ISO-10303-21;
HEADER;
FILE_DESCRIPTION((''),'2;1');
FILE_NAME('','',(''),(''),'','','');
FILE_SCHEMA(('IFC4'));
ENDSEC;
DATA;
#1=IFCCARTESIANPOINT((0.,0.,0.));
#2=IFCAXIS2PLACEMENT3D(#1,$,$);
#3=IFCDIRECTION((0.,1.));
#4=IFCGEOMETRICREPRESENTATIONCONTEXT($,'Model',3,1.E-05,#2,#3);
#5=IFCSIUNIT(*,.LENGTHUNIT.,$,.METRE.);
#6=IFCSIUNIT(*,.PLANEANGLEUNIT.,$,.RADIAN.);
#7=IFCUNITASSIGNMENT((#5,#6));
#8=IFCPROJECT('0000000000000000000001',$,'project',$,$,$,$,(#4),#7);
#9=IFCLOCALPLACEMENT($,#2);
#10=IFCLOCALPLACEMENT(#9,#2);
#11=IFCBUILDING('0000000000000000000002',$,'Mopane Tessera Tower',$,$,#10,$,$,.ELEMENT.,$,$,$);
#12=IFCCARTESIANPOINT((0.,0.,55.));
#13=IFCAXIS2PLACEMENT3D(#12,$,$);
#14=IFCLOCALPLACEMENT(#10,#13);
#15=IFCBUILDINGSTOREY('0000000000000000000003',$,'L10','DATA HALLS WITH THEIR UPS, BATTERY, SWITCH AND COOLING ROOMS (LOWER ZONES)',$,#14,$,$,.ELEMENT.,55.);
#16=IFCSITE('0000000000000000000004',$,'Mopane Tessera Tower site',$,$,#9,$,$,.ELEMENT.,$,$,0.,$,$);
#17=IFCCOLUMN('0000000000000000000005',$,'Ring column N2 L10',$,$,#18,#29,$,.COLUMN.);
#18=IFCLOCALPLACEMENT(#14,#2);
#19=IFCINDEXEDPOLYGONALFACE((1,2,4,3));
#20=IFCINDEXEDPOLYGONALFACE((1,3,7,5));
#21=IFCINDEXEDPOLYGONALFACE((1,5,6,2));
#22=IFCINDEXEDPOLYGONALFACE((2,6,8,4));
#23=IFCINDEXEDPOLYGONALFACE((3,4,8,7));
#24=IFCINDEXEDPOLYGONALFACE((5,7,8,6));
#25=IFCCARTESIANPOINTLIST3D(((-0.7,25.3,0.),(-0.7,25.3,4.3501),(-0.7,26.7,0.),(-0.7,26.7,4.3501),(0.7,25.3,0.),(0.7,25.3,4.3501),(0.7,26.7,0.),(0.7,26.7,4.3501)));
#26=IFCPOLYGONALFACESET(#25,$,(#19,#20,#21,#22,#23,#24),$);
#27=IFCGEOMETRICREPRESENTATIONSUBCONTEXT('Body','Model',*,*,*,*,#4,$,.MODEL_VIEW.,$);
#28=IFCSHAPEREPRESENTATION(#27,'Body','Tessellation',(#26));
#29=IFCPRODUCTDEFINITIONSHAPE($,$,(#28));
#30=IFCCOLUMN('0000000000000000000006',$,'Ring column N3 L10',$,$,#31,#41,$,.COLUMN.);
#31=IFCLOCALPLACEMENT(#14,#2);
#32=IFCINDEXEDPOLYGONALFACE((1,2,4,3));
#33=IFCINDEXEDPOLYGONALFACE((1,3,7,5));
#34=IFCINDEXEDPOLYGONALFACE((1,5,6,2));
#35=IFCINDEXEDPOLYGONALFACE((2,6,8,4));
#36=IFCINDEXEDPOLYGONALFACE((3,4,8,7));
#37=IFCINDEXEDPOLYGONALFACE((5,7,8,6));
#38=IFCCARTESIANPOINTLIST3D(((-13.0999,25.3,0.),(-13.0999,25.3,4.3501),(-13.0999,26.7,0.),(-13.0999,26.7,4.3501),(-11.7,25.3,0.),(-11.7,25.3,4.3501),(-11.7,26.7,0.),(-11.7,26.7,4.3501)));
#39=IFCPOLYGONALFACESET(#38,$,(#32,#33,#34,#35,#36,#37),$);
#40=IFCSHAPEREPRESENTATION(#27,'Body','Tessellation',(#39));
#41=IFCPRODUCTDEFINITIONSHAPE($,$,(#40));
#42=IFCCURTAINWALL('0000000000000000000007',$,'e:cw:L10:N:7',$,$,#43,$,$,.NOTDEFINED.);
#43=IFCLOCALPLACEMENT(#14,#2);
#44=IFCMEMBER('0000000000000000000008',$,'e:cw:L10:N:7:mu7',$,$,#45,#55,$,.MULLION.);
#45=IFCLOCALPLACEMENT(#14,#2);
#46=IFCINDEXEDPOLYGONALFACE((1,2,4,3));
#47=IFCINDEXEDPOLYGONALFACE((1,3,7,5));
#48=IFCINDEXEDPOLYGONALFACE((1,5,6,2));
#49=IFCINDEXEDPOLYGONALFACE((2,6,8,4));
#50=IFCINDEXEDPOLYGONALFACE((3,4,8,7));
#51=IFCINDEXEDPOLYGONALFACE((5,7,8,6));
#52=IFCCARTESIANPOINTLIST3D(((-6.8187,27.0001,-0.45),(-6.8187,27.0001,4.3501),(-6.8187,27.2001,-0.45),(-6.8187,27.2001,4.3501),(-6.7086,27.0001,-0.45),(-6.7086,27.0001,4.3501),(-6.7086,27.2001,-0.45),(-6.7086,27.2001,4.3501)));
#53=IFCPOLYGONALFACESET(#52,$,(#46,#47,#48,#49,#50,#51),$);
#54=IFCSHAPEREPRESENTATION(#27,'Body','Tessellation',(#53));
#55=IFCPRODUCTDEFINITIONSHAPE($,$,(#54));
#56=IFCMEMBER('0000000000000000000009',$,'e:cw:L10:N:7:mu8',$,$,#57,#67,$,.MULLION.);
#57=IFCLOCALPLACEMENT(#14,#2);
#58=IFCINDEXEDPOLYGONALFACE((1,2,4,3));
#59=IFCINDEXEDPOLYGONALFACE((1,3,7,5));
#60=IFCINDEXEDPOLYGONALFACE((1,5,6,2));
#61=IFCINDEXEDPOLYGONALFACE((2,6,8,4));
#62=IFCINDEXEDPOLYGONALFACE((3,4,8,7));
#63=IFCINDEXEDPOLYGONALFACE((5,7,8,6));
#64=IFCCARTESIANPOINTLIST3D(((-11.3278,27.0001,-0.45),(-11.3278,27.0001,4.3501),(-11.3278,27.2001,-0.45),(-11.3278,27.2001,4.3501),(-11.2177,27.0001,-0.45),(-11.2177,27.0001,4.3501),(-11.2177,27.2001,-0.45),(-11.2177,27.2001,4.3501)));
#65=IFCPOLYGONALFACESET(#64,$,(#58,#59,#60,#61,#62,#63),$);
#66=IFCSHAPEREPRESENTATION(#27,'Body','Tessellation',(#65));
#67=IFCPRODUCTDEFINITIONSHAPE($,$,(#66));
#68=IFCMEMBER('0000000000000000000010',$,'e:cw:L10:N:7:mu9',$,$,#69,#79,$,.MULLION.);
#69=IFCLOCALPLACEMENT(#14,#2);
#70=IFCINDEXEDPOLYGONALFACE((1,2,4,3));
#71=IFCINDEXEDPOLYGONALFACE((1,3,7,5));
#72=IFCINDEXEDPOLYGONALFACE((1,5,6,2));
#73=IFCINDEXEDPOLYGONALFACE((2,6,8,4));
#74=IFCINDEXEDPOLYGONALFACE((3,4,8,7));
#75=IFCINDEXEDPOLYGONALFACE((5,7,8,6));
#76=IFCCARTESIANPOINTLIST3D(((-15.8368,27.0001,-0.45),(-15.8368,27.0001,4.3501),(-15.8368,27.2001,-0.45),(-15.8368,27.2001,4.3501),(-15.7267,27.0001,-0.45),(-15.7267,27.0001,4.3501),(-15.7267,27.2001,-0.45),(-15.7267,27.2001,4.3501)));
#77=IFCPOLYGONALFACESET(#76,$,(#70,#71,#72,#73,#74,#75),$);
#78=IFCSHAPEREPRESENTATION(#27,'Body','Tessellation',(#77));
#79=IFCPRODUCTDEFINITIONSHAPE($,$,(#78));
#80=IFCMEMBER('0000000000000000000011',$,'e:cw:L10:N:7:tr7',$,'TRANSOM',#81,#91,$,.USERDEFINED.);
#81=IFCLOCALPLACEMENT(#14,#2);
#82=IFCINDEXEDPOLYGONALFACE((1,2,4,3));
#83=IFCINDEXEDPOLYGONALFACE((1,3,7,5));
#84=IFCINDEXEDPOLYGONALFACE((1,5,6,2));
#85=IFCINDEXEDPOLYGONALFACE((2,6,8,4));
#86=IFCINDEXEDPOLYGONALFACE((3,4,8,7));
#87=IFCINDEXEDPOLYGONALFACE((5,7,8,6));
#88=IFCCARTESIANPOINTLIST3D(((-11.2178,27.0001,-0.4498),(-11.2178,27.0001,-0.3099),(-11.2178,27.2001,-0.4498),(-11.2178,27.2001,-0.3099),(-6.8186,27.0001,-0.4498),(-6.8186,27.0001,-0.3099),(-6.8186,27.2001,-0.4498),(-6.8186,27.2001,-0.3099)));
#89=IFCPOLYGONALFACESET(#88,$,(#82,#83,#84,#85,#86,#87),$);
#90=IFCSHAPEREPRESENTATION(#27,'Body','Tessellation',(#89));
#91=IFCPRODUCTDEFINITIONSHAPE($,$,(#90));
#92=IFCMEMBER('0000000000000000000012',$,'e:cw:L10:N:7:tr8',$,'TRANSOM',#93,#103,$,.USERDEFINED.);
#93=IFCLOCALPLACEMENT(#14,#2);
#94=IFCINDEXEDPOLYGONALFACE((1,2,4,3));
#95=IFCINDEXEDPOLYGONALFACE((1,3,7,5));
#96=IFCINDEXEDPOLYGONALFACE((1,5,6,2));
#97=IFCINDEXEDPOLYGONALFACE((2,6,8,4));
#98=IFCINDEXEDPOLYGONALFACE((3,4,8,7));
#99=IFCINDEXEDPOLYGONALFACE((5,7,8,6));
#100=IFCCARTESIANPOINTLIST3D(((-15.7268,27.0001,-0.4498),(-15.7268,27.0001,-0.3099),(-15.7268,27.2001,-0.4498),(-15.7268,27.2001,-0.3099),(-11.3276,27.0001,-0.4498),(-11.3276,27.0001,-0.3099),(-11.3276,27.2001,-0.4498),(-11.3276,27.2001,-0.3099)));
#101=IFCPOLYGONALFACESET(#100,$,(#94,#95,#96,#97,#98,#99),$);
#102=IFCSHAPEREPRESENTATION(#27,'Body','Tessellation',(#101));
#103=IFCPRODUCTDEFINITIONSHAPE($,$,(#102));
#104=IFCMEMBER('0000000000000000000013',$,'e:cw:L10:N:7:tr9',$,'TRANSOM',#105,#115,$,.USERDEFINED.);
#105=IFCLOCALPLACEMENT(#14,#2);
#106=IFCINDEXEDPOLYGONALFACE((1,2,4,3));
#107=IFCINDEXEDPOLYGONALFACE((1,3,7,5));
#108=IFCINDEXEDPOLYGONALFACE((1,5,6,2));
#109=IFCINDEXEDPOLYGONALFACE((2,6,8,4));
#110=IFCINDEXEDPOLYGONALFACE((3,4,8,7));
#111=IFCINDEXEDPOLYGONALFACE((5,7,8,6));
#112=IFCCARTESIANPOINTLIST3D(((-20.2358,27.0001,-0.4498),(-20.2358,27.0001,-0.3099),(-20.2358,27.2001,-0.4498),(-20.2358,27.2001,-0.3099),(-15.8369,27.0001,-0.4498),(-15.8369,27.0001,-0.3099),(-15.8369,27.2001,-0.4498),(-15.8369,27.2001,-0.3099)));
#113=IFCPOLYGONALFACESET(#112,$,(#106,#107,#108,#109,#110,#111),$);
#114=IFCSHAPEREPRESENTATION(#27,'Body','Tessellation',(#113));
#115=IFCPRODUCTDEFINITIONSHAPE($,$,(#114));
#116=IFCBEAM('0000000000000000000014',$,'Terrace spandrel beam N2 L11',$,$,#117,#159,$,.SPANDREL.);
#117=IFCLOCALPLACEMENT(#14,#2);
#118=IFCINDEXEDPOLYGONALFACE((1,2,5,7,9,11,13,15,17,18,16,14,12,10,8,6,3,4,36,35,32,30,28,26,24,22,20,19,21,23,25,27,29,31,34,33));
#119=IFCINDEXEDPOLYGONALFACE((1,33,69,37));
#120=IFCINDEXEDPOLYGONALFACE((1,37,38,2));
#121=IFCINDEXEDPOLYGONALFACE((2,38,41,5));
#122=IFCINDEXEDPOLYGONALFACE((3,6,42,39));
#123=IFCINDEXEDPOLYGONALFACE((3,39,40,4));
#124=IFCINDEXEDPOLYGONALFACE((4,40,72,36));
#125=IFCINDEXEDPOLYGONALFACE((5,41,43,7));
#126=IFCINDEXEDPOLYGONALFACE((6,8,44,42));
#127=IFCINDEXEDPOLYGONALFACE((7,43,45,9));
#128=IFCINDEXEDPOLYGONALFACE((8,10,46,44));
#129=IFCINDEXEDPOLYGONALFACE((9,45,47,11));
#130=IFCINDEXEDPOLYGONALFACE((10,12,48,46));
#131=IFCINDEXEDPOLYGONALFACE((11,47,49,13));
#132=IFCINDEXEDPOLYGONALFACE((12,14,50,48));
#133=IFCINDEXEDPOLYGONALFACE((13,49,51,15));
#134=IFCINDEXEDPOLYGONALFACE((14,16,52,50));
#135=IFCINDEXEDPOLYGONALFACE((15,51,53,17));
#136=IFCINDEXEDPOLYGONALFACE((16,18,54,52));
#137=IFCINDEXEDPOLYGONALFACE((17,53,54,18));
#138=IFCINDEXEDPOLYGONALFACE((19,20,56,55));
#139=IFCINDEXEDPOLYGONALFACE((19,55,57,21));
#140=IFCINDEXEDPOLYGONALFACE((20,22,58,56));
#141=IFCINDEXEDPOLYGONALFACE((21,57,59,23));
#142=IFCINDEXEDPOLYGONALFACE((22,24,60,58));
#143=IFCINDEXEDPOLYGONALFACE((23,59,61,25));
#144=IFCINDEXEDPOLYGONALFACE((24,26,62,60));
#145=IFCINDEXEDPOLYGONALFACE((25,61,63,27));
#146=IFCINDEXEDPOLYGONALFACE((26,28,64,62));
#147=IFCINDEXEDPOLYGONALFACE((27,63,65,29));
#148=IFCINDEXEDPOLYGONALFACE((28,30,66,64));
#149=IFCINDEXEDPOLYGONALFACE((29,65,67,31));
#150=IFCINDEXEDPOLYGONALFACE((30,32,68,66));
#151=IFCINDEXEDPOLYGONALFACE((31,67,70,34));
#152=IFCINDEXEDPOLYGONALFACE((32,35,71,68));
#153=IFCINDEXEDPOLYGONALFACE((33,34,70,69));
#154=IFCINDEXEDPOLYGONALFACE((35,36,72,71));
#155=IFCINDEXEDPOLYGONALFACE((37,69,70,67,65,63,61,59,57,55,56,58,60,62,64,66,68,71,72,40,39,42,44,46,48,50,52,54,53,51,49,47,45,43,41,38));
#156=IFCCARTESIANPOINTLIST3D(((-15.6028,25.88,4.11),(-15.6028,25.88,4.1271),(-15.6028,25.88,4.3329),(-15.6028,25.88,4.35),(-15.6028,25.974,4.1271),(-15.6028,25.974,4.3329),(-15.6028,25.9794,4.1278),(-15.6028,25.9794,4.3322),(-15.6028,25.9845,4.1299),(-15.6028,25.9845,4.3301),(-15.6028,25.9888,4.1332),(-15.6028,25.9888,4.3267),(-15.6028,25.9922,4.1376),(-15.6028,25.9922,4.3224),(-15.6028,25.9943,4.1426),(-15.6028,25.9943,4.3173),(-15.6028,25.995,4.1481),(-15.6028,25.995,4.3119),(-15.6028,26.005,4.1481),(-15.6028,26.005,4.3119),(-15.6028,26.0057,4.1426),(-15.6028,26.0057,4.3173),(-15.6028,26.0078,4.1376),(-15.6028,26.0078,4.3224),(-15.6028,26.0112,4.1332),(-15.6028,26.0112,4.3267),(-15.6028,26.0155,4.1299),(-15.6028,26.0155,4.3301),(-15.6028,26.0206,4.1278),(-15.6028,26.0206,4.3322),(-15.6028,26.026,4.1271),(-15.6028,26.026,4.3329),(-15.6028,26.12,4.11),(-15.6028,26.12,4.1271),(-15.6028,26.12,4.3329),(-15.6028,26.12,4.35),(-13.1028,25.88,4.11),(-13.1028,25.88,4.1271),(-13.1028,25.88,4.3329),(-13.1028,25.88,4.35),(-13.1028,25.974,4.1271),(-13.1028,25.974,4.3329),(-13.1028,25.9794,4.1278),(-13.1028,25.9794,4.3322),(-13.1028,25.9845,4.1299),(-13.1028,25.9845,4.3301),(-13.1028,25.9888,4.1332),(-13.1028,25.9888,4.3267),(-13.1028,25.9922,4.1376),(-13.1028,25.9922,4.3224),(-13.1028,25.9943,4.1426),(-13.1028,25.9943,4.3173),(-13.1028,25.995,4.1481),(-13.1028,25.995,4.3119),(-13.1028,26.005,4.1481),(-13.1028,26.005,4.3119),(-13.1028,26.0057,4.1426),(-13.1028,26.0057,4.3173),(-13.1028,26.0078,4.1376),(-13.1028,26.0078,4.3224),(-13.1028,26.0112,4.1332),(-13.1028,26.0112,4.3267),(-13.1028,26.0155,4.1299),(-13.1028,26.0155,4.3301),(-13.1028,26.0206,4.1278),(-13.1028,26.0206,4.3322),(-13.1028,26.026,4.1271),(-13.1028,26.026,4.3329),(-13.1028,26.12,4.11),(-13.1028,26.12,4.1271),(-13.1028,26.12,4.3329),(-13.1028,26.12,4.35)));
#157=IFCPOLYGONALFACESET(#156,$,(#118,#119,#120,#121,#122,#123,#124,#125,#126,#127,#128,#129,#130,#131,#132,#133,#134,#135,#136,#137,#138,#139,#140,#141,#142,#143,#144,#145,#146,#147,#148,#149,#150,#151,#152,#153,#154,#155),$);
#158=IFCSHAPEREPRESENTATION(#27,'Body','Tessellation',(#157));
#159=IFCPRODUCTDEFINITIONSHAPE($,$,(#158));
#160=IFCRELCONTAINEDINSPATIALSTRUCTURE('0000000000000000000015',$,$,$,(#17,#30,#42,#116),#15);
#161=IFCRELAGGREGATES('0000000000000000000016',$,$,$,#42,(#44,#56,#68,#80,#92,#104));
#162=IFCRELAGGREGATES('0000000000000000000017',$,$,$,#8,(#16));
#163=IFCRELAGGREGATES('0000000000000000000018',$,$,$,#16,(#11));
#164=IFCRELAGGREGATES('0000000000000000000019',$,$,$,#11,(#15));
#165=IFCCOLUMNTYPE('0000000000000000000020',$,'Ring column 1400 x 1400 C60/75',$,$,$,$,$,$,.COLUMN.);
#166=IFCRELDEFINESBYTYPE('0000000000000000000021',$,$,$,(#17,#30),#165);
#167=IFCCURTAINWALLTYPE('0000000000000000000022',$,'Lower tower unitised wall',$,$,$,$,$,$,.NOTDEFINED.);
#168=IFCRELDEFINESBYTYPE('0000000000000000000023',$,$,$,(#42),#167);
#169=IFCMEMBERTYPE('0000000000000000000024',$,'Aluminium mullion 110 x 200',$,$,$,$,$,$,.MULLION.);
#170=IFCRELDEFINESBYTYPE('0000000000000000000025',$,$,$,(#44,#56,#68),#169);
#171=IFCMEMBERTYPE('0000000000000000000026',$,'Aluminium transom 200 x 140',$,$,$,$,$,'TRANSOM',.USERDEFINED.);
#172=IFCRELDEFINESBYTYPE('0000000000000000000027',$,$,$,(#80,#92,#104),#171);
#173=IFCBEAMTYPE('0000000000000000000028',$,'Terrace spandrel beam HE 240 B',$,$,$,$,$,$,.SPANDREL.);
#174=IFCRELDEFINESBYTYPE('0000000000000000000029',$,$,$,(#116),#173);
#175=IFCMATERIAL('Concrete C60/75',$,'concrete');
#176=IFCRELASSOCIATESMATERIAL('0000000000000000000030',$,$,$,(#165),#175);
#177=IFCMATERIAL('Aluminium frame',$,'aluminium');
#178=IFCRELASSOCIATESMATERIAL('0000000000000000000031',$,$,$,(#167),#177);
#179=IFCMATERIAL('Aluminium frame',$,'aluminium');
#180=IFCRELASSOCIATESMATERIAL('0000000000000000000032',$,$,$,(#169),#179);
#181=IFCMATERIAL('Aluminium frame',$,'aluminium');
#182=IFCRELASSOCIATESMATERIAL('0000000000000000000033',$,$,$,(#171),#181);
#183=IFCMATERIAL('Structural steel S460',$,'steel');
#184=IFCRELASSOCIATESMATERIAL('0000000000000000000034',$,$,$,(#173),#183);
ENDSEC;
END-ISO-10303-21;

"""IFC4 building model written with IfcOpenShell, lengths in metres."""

from ifc_helpers import new_model, si_unit, direction, frame, origin, origin_2d, place, context, subcontext, project, spatial, rectangle, i_section, extrude, material, material_profile, profile_set, type_object, element, aggregate, save


model = new_model("IFC4")

# Units and contexts
model_context = context("Model", 3, precision=1e-05, world=origin(), true_north=direction((0.0, 1.0)))
body_context = subcontext(model_context, "Body", "Model", "MODEL_VIEW")
ifc_project = project(units=[si_unit("LENGTHUNIT", "METRE"), si_unit("PLANEANGLEUNIT", "RADIAN")], contexts=[model_context])

# Site, building, storey
site_placement = place(None, origin())
site = spatial("IfcSite", under=ifc_project, at=site_placement, Name="Mopane Tessera Tower site", CompositionType="ELEMENT", RefElevation=0.0)
building_placement = place(site_placement, origin())
building = spatial("IfcBuilding", under=site, at=building_placement, Name="Mopane Tessera Tower", CompositionType="ELEMENT")
storey_placement = place(building_placement, frame((0.0, 0.0, 55.0)))
storey = spatial("IfcBuildingStorey", under=building, at=storey_placement, Name="L10", Description="DATA HALLS WITH THEIR UPS, BATTERY, SWITCH AND COOLING ROOMS (LOWER ZONES)", CompositionType="ELEMENT", Elevation=55.0)

# Columns
ifc_material_1 = material(Name="Concrete C60/75", Category="concrete")
ifc_material_profile_1 = material_profile(ifc_material_1, rectangle(XDim=1.3999, YDim=1.3999, at=origin_2d()))
ifc_profile_set_1 = profile_set([ifc_material_profile_1], Name="Concrete C60/75")
column_type = type_object("IfcColumnType", Name="Ring column 1400 x 1400 C60/75", PredefinedType="COLUMN", material=ifc_profile_set_1)
for number, where, z_axis, x_axis, name in (
    (1, (0.0, 26.0, 0.0), (0.0, 0.0, 1.0), (1.0, 0.0, 0.0), "Ring column N2 L10"),
    (2, (-12.3999, 26.0, 0.0), (0.0, 0.0, 1.0), (1.0, 0.0, 0.0), "Ring column N3 L10"),
):
    element("IfcColumn", number, at=place(storey_placement, frame(where, z_axis=z_axis, x_axis=x_axis)), inside=storey, type_object=column_type, Name=name, PredefinedType="COLUMN", context=body_context, shape_type="SweptSolid", body=[
        extrude(rectangle(XDim=1.3999, YDim=1.3999, at=origin_2d()), origin(), (0.0, 0.0, 1.0), 4.3501),
    ])

# Curtain wall, members
ifc_material_2 = material(Name="Aluminium frame", Category="aluminium")
curtain_wall_type = type_object("IfcCurtainWallType", Name="Lower tower unitised wall", PredefinedType="NOTDEFINED", material=ifc_material_2)
curtain_wall_placement = place(storey_placement, origin())
curtain_wall = element("IfcCurtainWall", 3, at=curtain_wall_placement, inside=storey, type_object=curtain_wall_type, Name="e:cw:L10:N:7", PredefinedType="NOTDEFINED")
ifc_material_3 = material(Name="Aluminium frame", Category="aluminium")
ifc_material_profile_2 = material_profile(ifc_material_3, rectangle(XDim=0.1101, YDim=0.2, at=origin_2d()))
ifc_profile_set_2 = profile_set([ifc_material_profile_2], Name="Aluminium frame")
member_type_1 = type_object("IfcMemberType", Name="Aluminium mullion 110 x 200", PredefinedType="MULLION", material=ifc_profile_set_2)
member_1_placement = place(storey_placement, frame((-6.7637, 27.1001, -0.45), z_axis=(0.0, 0.0, 1.0), x_axis=(-1.0, 0.0, 0.0)))
member_1 = element("IfcMember", 4, at=member_1_placement, type_object=member_type_1, Name="e:cw:L10:N:7:mu7", PredefinedType="MULLION", context=body_context, shape_type="SweptSolid", body=[
    extrude(rectangle(XDim=0.1101, YDim=0.2, at=origin_2d()), origin(), (0.0, 0.0, 1.0), 4.8),
])
member_2_placement = place(storey_placement, frame((-11.2727, 27.1001, -0.45), z_axis=(0.0, 0.0, 1.0), x_axis=(-1.0, 0.0, 0.0)))
member_2 = element("IfcMember", 5, at=member_2_placement, type_object=member_type_1, Name="e:cw:L10:N:7:mu8", PredefinedType="MULLION", context=body_context, shape_type="SweptSolid", body=[
    extrude(rectangle(XDim=0.1101, YDim=0.2, at=origin_2d()), origin(), (0.0, 0.0, 1.0), 4.8),
])
member_3_placement = place(storey_placement, frame((-15.7817, 27.1001, -0.45), z_axis=(0.0, 0.0, 1.0), x_axis=(-1.0, 0.0, 0.0)))
member_3 = element("IfcMember", 6, at=member_3_placement, type_object=member_type_1, Name="e:cw:L10:N:7:mu9", PredefinedType="MULLION", context=body_context, shape_type="SweptSolid", body=[
    extrude(rectangle(XDim=0.1101, YDim=0.2, at=origin_2d()), origin(), (0.0, 0.0, 1.0), 4.8),
])
ifc_material_4 = material(Name="Aluminium frame", Category="aluminium")
ifc_material_profile_3 = material_profile(ifc_material_4, rectangle(XDim=0.2, YDim=0.1399, at=origin_2d()))
ifc_profile_set_3 = profile_set([ifc_material_profile_3], Name="Aluminium frame")
member_type_2 = type_object("IfcMemberType", Name="Aluminium transom 200 x 140", ElementType="TRANSOM", PredefinedType="USERDEFINED", material=ifc_profile_set_3)
member_4_placement = place(storey_placement, frame((-6.8186, 27.1001, -0.3799), z_axis=(-1.0, 0.0, 0.0), x_axis=(0.0, -1.0, 0.0)))
member_4 = element("IfcMember", 7, at=member_4_placement, type_object=member_type_2, Name="e:cw:L10:N:7:tr7", ObjectType="TRANSOM", PredefinedType="USERDEFINED", context=body_context, shape_type="SweptSolid", body=[
    extrude(rectangle(XDim=0.2, YDim=0.1399, at=origin_2d()), origin(), (0.0, 0.0, 1.0), 4.3992),
])
member_5_placement = place(storey_placement, frame((-11.3276, 27.1001, -0.3799), z_axis=(-1.0, 0.0, 0.0), x_axis=(0.0, -1.0, 0.0)))
member_5 = element("IfcMember", 8, at=member_5_placement, type_object=member_type_2, Name="e:cw:L10:N:7:tr8", ObjectType="TRANSOM", PredefinedType="USERDEFINED", context=body_context, shape_type="SweptSolid", body=[
    extrude(rectangle(XDim=0.2, YDim=0.1399, at=origin_2d()), origin(), (0.0, 0.0, 1.0), 4.3992),
])
member_6_placement = place(storey_placement, frame((-15.8369, 27.1001, -0.3799), z_axis=(-1.0, 0.0, 0.0), x_axis=(0.0, -1.0, 0.0)))
member_6 = element("IfcMember", 9, at=member_6_placement, type_object=member_type_2, Name="e:cw:L10:N:7:tr9", ObjectType="TRANSOM", PredefinedType="USERDEFINED", context=body_context, shape_type="SweptSolid", body=[
    extrude(rectangle(XDim=0.2, YDim=0.1399, at=origin_2d()), origin(), (0.0, 0.0, 1.0), 4.3989),
])

# Beam
ifc_material_5 = material(Name="Structural steel S460", Category="steel")
ifc_material_profile_4 = material_profile(ifc_material_5, i_section(OverallWidth=0.24, OverallDepth=0.24, WebThickness=0.01, FlangeThickness=0.0171, FilletRadius=0.021, at=origin_2d()))
ifc_profile_set_4 = profile_set([ifc_material_profile_4], Name="Structural steel S460")
beam_type_1 = type_object("IfcBeamType", Name="Terrace spandrel beam HE 240 B", PredefinedType="SPANDREL", material=ifc_profile_set_4)
beam_1_placement = place(storey_placement, frame((-13.1028, 26.0, 4.23), z_axis=(-1.0, 0.0, 0.0), x_axis=(0.0, -1.0, 0.0)))
element("IfcBeam", 10, at=beam_1_placement, inside=storey, type_object=beam_type_1, Name="Terrace spandrel beam N2 L11", PredefinedType="SPANDREL", context=body_context, shape_type="SweptSolid", body=[
    extrude(i_section(OverallWidth=0.24, OverallDepth=0.24, WebThickness=0.01, FlangeThickness=0.0171, FilletRadius=0.021, at=origin_2d()), origin(), (0.0, 0.0, 1.0), 2.5),
])

aggregate(curtain_wall, [member_1, member_2, member_3, member_4, member_5, member_6])

save(model, "model.ifc")
